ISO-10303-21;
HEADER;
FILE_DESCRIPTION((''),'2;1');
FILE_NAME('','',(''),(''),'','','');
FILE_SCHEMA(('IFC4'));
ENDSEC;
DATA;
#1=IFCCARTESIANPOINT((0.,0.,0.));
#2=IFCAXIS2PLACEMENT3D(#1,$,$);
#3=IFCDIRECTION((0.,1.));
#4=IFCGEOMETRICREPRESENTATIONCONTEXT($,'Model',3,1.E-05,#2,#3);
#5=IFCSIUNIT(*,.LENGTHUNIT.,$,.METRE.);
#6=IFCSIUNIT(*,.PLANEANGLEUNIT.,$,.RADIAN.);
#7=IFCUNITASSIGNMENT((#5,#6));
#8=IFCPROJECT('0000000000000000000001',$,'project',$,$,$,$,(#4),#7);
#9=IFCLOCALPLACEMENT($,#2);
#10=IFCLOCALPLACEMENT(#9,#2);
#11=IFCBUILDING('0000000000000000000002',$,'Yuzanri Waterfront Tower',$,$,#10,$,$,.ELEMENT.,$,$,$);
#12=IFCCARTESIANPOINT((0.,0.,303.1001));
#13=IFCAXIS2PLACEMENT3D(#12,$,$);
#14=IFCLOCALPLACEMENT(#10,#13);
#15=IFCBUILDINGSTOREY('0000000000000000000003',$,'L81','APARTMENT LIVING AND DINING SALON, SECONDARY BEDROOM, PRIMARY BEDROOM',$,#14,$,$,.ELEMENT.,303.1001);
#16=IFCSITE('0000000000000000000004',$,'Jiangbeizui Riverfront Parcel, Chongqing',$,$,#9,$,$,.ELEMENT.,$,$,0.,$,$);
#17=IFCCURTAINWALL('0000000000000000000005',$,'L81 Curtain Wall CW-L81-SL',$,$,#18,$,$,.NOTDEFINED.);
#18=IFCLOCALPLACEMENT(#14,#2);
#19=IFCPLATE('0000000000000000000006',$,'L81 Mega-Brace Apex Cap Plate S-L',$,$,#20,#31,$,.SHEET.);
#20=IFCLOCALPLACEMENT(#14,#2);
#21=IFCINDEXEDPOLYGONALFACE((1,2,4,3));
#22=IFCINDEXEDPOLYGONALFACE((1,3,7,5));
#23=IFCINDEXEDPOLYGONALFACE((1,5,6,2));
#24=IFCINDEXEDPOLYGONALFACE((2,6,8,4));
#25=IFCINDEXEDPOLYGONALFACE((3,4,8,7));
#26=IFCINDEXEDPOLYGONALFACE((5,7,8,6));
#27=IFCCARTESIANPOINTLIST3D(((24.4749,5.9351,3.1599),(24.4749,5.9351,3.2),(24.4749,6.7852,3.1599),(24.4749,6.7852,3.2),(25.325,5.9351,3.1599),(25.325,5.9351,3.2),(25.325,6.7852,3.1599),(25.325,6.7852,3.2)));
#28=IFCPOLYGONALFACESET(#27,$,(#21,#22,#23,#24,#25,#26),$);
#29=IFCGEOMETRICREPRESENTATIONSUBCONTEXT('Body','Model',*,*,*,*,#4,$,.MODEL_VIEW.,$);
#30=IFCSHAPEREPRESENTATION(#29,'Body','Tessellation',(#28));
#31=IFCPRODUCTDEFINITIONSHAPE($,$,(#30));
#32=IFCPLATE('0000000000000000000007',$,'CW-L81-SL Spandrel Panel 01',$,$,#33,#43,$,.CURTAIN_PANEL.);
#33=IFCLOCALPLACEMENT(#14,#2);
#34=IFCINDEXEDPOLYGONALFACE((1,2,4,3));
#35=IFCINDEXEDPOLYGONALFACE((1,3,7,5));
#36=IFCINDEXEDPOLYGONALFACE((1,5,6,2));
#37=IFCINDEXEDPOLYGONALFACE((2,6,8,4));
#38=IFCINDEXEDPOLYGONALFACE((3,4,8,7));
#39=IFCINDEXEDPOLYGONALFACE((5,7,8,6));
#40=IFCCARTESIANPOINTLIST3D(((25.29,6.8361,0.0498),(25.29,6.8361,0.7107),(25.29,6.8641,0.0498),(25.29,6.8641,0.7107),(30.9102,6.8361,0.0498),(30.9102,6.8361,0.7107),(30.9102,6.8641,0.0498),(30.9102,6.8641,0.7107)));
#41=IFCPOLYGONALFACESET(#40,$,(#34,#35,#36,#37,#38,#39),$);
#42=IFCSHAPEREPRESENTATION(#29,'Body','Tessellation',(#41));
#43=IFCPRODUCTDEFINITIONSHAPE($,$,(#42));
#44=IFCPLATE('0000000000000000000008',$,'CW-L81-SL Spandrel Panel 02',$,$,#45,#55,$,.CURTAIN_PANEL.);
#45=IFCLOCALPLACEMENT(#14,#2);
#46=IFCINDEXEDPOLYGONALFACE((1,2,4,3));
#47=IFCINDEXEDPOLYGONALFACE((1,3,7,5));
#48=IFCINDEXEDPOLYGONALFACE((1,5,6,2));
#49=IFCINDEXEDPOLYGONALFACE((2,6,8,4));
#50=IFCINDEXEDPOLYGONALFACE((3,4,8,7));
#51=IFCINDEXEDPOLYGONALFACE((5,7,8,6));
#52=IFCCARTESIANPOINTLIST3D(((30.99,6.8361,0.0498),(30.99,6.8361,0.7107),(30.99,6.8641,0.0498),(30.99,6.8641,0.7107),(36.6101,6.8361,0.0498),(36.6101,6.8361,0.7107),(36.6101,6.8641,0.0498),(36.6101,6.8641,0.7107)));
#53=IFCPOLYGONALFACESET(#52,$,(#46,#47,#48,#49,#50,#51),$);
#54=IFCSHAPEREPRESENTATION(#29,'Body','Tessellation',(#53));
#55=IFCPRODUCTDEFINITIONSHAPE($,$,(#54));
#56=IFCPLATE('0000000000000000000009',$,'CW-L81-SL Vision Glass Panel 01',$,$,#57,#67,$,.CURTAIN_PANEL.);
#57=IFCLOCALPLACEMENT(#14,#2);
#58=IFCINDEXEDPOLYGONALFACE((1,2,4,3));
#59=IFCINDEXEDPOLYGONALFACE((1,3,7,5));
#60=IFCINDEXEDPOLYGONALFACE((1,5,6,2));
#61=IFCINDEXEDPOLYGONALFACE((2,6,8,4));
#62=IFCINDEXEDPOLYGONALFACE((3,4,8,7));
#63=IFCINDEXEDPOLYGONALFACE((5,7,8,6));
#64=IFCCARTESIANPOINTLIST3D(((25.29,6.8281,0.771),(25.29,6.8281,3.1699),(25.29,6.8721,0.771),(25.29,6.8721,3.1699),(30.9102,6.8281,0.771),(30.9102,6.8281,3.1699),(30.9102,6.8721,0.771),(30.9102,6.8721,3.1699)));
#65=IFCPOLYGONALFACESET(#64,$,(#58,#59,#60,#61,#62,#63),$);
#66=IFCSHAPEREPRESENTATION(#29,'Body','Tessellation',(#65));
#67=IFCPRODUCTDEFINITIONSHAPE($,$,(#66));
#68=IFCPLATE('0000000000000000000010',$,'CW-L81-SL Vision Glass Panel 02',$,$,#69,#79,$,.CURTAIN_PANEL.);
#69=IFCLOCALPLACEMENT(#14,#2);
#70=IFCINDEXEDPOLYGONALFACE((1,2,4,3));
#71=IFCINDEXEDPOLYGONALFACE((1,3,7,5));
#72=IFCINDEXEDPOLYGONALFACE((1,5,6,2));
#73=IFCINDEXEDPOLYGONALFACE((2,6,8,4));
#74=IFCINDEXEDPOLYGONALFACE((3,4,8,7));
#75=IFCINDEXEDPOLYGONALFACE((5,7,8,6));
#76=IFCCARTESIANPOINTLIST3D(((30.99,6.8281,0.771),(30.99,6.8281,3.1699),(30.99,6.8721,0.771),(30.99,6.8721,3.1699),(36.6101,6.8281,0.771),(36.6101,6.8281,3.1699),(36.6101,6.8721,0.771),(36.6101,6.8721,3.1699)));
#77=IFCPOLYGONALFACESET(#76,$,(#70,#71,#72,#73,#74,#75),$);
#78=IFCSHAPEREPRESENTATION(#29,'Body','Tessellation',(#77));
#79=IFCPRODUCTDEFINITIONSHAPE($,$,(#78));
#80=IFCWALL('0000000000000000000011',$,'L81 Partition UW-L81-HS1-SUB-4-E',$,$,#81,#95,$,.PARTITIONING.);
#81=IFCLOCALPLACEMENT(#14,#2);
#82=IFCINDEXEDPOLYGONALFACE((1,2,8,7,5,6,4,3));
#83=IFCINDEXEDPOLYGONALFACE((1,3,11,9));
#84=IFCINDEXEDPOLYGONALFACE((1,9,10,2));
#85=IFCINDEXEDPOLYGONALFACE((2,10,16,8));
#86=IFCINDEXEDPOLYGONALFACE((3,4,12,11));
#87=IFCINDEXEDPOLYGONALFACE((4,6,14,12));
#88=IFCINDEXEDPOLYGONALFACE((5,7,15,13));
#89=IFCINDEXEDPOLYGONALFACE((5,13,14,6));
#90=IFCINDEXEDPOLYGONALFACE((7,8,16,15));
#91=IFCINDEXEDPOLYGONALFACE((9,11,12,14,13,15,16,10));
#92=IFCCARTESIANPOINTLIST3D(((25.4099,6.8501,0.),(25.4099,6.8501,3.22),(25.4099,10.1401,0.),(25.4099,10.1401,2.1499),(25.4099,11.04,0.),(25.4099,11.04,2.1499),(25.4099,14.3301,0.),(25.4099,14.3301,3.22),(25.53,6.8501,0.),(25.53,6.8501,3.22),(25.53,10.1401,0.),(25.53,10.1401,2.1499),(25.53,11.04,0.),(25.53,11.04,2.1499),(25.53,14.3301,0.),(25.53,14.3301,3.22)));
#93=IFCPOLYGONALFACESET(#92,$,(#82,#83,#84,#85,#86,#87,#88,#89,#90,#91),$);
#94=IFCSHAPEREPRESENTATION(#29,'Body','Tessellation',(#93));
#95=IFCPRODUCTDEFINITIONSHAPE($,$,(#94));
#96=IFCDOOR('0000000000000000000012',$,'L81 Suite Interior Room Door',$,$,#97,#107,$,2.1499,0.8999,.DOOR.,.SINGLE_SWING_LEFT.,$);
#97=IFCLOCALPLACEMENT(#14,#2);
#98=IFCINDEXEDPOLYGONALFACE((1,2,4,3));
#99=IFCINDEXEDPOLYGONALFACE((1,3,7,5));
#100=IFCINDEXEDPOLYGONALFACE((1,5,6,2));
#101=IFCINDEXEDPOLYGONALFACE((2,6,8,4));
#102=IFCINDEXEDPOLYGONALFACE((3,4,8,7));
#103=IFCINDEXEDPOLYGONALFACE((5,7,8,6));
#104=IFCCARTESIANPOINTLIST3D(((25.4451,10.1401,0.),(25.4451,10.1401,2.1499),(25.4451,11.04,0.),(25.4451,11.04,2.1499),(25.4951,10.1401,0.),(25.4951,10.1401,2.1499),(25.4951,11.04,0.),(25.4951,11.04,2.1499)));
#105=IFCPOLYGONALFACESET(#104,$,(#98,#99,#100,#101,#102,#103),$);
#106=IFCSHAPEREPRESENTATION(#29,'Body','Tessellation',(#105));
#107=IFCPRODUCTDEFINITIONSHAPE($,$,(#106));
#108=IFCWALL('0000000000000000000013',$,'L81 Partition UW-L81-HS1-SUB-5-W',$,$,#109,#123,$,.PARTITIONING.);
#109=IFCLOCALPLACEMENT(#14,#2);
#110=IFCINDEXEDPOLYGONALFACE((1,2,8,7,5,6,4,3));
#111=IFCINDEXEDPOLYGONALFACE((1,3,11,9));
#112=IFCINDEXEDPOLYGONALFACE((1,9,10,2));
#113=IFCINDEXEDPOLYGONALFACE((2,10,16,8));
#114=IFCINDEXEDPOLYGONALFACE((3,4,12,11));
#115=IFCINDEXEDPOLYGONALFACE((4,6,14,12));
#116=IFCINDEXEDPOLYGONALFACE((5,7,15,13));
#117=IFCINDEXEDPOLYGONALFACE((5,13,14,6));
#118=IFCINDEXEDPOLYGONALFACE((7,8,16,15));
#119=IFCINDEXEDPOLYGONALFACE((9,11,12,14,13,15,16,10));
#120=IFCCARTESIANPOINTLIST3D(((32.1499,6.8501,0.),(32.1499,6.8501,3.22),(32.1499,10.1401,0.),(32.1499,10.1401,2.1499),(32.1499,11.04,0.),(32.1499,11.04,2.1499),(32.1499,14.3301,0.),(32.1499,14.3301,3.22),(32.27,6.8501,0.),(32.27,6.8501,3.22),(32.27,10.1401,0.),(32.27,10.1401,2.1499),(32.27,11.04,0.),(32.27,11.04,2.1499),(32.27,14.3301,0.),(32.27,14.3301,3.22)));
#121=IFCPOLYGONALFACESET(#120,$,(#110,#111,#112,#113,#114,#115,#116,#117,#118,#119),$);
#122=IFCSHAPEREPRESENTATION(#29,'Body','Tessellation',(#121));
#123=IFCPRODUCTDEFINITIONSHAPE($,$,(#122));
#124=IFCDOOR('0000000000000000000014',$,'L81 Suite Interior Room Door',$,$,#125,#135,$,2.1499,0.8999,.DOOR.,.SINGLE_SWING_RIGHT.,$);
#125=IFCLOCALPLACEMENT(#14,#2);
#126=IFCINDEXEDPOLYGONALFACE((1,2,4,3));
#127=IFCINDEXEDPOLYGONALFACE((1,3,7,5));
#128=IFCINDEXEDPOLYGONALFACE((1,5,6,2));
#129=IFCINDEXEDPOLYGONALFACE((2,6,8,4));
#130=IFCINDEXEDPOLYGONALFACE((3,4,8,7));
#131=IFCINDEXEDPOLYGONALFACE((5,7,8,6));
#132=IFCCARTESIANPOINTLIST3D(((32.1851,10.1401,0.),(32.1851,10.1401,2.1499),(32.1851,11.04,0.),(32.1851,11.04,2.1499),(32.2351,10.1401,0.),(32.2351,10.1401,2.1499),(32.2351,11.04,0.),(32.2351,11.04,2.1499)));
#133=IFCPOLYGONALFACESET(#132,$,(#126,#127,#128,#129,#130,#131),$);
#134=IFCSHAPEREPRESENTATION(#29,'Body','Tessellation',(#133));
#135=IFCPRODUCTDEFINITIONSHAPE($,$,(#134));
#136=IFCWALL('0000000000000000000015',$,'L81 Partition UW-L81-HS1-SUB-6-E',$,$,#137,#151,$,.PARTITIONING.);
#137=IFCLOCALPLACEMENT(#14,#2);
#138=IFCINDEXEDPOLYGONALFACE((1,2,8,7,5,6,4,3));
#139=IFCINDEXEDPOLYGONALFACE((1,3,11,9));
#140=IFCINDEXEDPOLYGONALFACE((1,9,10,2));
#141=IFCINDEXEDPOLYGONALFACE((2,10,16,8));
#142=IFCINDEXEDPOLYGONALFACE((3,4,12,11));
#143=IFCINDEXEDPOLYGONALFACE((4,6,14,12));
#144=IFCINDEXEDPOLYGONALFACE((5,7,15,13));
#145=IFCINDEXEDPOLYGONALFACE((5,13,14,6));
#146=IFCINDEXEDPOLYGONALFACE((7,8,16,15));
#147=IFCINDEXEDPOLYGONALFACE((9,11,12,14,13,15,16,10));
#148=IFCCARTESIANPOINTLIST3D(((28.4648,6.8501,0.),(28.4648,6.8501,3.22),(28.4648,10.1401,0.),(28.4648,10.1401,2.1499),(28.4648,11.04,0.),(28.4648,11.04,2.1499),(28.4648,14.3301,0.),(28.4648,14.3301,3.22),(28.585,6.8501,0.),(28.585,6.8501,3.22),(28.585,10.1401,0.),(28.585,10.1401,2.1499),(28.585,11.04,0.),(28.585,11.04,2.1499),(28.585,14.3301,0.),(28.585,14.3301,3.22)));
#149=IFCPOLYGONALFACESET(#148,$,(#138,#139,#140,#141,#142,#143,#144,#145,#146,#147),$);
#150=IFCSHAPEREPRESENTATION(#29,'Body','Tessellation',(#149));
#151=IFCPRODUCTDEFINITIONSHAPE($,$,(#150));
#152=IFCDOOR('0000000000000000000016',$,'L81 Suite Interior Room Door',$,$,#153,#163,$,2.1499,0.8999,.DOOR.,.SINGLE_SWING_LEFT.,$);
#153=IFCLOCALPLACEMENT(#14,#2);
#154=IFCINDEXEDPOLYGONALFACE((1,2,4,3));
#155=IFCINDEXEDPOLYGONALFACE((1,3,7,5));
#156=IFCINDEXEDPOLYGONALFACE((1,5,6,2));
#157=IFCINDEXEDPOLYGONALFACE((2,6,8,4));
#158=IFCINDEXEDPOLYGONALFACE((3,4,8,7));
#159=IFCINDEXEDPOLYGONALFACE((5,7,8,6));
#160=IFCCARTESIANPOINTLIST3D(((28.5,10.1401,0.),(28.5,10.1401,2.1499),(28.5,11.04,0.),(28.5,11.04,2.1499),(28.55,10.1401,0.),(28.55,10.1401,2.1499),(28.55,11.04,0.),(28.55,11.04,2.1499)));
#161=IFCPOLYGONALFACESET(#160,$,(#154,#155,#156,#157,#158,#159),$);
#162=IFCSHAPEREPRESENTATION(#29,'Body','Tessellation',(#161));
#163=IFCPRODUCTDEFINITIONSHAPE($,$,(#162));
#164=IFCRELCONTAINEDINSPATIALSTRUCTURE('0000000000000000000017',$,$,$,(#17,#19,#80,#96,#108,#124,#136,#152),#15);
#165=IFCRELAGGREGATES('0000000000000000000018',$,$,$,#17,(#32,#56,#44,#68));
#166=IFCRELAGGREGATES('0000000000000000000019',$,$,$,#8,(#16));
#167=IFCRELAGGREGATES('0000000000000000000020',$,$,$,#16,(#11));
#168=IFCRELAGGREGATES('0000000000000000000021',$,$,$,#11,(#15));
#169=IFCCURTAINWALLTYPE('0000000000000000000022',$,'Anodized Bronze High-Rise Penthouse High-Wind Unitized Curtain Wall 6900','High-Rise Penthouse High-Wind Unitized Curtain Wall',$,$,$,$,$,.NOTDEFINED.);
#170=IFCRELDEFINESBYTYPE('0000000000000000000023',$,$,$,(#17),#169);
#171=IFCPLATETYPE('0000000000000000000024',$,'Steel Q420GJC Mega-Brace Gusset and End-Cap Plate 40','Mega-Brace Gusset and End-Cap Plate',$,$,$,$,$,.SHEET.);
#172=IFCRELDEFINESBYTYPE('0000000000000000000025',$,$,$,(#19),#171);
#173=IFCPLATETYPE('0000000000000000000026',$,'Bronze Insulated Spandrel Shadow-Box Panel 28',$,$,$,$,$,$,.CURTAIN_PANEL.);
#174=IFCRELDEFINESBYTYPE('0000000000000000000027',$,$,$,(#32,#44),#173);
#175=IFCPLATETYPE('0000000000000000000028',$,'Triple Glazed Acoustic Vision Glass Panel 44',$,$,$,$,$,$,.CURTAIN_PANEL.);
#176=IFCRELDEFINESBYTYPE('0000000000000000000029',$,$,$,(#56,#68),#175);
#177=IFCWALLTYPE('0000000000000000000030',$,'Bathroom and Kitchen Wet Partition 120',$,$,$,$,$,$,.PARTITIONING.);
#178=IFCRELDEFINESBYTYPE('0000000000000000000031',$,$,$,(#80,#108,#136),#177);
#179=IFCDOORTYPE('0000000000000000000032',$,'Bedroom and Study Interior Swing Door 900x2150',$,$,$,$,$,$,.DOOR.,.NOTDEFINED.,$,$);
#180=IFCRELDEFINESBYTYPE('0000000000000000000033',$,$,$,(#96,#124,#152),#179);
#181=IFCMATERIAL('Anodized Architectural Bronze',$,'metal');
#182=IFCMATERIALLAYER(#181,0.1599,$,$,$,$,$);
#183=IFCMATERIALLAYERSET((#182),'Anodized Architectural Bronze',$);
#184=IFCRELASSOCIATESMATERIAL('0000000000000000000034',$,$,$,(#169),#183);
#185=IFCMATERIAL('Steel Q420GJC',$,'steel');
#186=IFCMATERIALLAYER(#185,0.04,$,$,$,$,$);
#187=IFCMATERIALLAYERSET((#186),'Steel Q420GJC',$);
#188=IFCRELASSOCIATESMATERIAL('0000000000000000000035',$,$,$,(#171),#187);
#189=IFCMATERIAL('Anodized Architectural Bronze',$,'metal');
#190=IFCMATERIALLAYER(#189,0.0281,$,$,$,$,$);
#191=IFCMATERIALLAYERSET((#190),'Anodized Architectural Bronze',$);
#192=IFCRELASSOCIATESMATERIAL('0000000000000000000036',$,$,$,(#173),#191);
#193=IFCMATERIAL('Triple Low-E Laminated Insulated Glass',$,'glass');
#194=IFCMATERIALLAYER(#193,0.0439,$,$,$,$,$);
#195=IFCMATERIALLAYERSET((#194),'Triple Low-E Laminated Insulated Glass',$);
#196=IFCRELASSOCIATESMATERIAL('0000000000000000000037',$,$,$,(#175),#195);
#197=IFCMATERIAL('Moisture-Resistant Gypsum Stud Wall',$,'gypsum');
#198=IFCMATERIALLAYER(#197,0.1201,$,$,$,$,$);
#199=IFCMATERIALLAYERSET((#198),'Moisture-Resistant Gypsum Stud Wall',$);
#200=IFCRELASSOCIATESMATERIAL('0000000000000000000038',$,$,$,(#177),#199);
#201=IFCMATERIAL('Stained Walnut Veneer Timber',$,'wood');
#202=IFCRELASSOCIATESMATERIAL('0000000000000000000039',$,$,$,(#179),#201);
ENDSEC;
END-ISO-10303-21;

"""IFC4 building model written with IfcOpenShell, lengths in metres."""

from ifc_helpers import new_model, si_unit, direction, frame, frame_2d, origin, origin_2d, place, context, subcontext, project, spatial, rectangle, extrude, source, transform, mapped, material, layer, layer_set, type_object, element, fill, aggregate, save


model = new_model("IFC4")

# Units and contexts
model_context = context("Model", 3, precision=1e-05, world=origin(), true_north=direction((0.0, 1.0)))
body_context = subcontext(model_context, "Body", "Model", "MODEL_VIEW")
ifc_project = project(units=[si_unit("LENGTHUNIT", "METRE"), si_unit("PLANEANGLEUNIT", "RADIAN")], contexts=[model_context])

# Site, building, storey
site_placement = place(None, origin())
site = spatial("IfcSite", under=ifc_project, at=site_placement, Name="Jiangbeizui Riverfront Parcel, Chongqing", CompositionType="ELEMENT", RefElevation=0.0)
building_placement = place(site_placement, origin())
building = spatial("IfcBuilding", under=site, at=building_placement, Name="Yuzanri Waterfront Tower", CompositionType="ELEMENT")
storey_placement = place(building_placement, frame((0.0, 0.0, 303.1001)))
storey = spatial("IfcBuildingStorey", under=building, at=storey_placement, Name="L81", Description="APARTMENT LIVING AND DINING SALON, SECONDARY BEDROOM, PRIMARY BEDROOM", CompositionType="ELEMENT", Elevation=303.1001)

# Curtain wall
ifc_material_1 = material(Name="Anodized Architectural Bronze", Category="metal")
ifc_layer_1 = layer(ifc_material_1, 0.1599)
ifc_layer_set_1 = layer_set([ifc_layer_1], Name="Anodized Architectural Bronze")
curtain_wall_type = type_object("IfcCurtainWallType", Name="Anodized Bronze High-Rise Penthouse High-Wind Unitized Curtain Wall 6900", Description="High-Rise Penthouse High-Wind Unitized Curtain Wall", PredefinedType="NOTDEFINED", material=ifc_layer_set_1)
curtain_wall_placement = place(storey_placement, origin())
curtain_wall = element("IfcCurtainWall", 1, at=curtain_wall_placement, inside=storey, type_object=curtain_wall_type, Name="L81 Curtain Wall CW-L81-SL", PredefinedType="NOTDEFINED")

# Plates
ifc_material_2 = material(Name="Steel Q420GJC", Category="steel")
ifc_layer_2 = layer(ifc_material_2, 0.04)
ifc_layer_set_2 = layer_set([ifc_layer_2], Name="Steel Q420GJC")
plate_type_1 = type_object("IfcPlateType", Name="Steel Q420GJC Mega-Brace Gusset and End-Cap Plate 40", Description="Mega-Brace Gusset and End-Cap Plate", PredefinedType="SHEET", material=ifc_layer_set_2)
shared_shape_1 = source(origin(), body_context, "Body", "SweptSolid", [
    extrude(rectangle(XDim=0.8501, YDim=0.8501, at=origin_2d()), origin(), (0.0, 0.0, 1.0), 0.04),
])
plate_1_placement = place(storey_placement, frame((24.8999, 6.3601, 3.1599), z_axis=(0.0, 0.0, 1.0), x_axis=(1.0, 0.0, 0.0)))
element("IfcPlate", 2, at=plate_1_placement, inside=storey, type_object=plate_type_1, Name="L81 Mega-Brace Apex Cap Plate S-L", PredefinedType="SHEET", context=body_context, shape_type="MappedRepresentation", body=[
    mapped(shared_shape_1, transform((0.0, 0.0, 0.0), scale=1.0)),
])
ifc_material_3 = material(Name="Anodized Architectural Bronze", Category="metal")
ifc_layer_3 = layer(ifc_material_3, 0.0281)
ifc_layer_set_3 = layer_set([ifc_layer_3], Name="Anodized Architectural Bronze")
plate_type_2 = type_object("IfcPlateType", Name="Bronze Insulated Spandrel Shadow-Box Panel 28", PredefinedType="CURTAIN_PANEL", material=ifc_layer_set_3)
shared_shape_2 = source(origin(), body_context, "Body", "SweptSolid", [
    extrude(rectangle(XDim=5.6201, YDim=0.0281, at=origin_2d()), origin(), (0.0, 0.0, 1.0), 0.6609),
])
plate_2_placement = place(storey_placement, frame((28.1001, 6.8501, 0.0498), z_axis=(0.0, 0.0, 1.0), x_axis=(1.0, 0.0, 0.0)))
plate_2 = element("IfcPlate", 3, at=plate_2_placement, type_object=plate_type_2, Name="CW-L81-SL Spandrel Panel 01", PredefinedType="CURTAIN_PANEL", context=body_context, shape_type="MappedRepresentation", body=[
    mapped(shared_shape_2, transform((0.0, 0.0, 0.0), scale=1.0)),
])
plate_3_placement = place(storey_placement, frame((33.8, 6.8501, 0.0498), z_axis=(0.0, 0.0, 1.0), x_axis=(1.0, 0.0, 0.0)))
plate_3 = element("IfcPlate", 4, at=plate_3_placement, type_object=plate_type_2, Name="CW-L81-SL Spandrel Panel 02", PredefinedType="CURTAIN_PANEL", context=body_context, shape_type="MappedRepresentation", body=[
    mapped(shared_shape_2, transform((0.0, 0.0, 0.0), scale=1.0)),
])
ifc_material_4 = material(Name="Triple Low-E Laminated Insulated Glass", Category="glass")
ifc_layer_4 = layer(ifc_material_4, 0.0439)
ifc_layer_set_4 = layer_set([ifc_layer_4], Name="Triple Low-E Laminated Insulated Glass")
plate_type_3 = type_object("IfcPlateType", Name="Triple Glazed Acoustic Vision Glass Panel 44", PredefinedType="CURTAIN_PANEL", material=ifc_layer_set_4)
shared_shape_3 = source(origin(), body_context, "Body", "SweptSolid", [
    extrude(rectangle(XDim=5.6201, YDim=0.0439, at=origin_2d()), origin(), (0.0, 0.0, 1.0), 2.3989),
])
plate_4_placement = place(storey_placement, frame((28.1001, 6.8501, 0.771), z_axis=(0.0, 0.0, 1.0), x_axis=(1.0, 0.0, 0.0)))
plate_4 = element("IfcPlate", 5, at=plate_4_placement, type_object=plate_type_3, Name="CW-L81-SL Vision Glass Panel 01", PredefinedType="CURTAIN_PANEL", context=body_context, shape_type="MappedRepresentation", body=[
    mapped(shared_shape_3, transform((0.0, 0.0, 0.0), scale=1.0)),
])
plate_5_placement = place(storey_placement, frame((33.8, 6.8501, 0.771), z_axis=(0.0, 0.0, 1.0), x_axis=(1.0, 0.0, 0.0)))
plate_5 = element("IfcPlate", 6, at=plate_5_placement, type_object=plate_type_3, Name="CW-L81-SL Vision Glass Panel 02", PredefinedType="CURTAIN_PANEL", context=body_context, shape_type="MappedRepresentation", body=[
    mapped(shared_shape_3, transform((0.0, 0.0, 0.0), scale=1.0)),
])
aggregate(curtain_wall, [plate_2, plate_4, plate_3, plate_5])

# Walls, openings, doors
ifc_material_5 = material(Name="Moisture-Resistant Gypsum Stud Wall", Category="gypsum")
ifc_layer_5 = layer(ifc_material_5, 0.1201)
ifc_layer_set_5 = layer_set([ifc_layer_5], Name="Moisture-Resistant Gypsum Stud Wall")
wall_type_1 = type_object("IfcWallType", Name="Bathroom and Kitchen Wet Partition 120", PredefinedType="PARTITIONING", material=ifc_layer_set_5)
wall_1_placement = place(storey_placement, frame((25.47, 6.8501, 0.0), z_axis=(0.0, 0.0, 1.0), x_axis=(0.0, 1.0, 0.0)))
wall_1 = element("IfcWall", 7, at=wall_1_placement, inside=storey, type_object=wall_type_1, Name="L81 Partition UW-L81-HS1-SUB-4-E", PredefinedType="PARTITIONING", context=body_context, shape_type="SweptSolid", body=[
    extrude(rectangle(XDim=7.48, YDim=0.1201, at=frame_2d((3.74, 0.0))), origin(), (0.0, 0.0, 1.0), 3.22),
])
opening_1_placement = place(wall_1_placement, frame((3.29, 0.0, 0.0)))
opening_1 = element("IfcOpeningElement", 8, at=opening_1_placement, cuts=wall_1, PredefinedType="OPENING", context=body_context, shape_type="SweptSolid", body=[
    extrude(rectangle(XDim=0.8999, YDim=2.1499, at=frame_2d((0.45, 1.075))), frame((0.0, 0.075, 0.0), z_axis=(0.0, -1.0, 0.0), x_axis=(1.0, 0.0, 0.0)), (0.0, 0.0, 1.0), 0.1499),
])
ifc_material_6 = material(Name="Stained Walnut Veneer Timber", Category="wood")
door_type = type_object("IfcDoorType", Name="Bedroom and Study Interior Swing Door 900x2150", OperationType="NOTDEFINED", PredefinedType="DOOR", material=ifc_material_6)
shared_shape_4 = source(origin(), body_context, "Body", "SweptSolid", [
    extrude(rectangle(XDim=0.8999, YDim=2.1499, at=frame_2d((0.45, 1.075))), frame((0.0, 0.0249, 0.0), z_axis=(0.0, -1.0, 0.0), x_axis=(1.0, 0.0, 0.0)), (0.0, 0.0, 1.0), 0.05),
])
door_1_placement = place(opening_1_placement, origin())
door_1 = element("IfcDoor", 9, at=door_1_placement, inside=storey, type_object=door_type, Name="L81 Suite Interior Room Door", OperationType="SINGLE_SWING_LEFT", OverallHeight=2.1499, OverallWidth=0.8999, PredefinedType="DOOR", context=body_context, shape_type="MappedRepresentation", body=[
    mapped(shared_shape_4, transform((0.0, 0.0, 0.0), scale=1.0)),
])
fill(opening_1, door_1)
wall_2_placement = place(storey_placement, frame((32.21, 6.8501, 0.0), z_axis=(0.0, 0.0, 1.0), x_axis=(0.0, 1.0, 0.0)))
wall_2 = element("IfcWall", 10, at=wall_2_placement, inside=storey, type_object=wall_type_1, Name="L81 Partition UW-L81-HS1-SUB-5-W", PredefinedType="PARTITIONING", context=body_context, shape_type="SweptSolid", body=[
    extrude(rectangle(XDim=7.48, YDim=0.1201, at=frame_2d((3.74, 0.0))), origin(), (0.0, 0.0, 1.0), 3.22),
])
opening_2_placement = place(wall_2_placement, frame((3.29, 0.0, 0.0)))
opening_2 = element("IfcOpeningElement", 11, at=opening_2_placement, cuts=wall_2, PredefinedType="OPENING", context=body_context, shape_type="SweptSolid", body=[
    extrude(rectangle(XDim=0.8999, YDim=2.1499, at=frame_2d((0.45, 1.075))), frame((0.0, 0.075, 0.0), z_axis=(0.0, -1.0, 0.0), x_axis=(1.0, 0.0, 0.0)), (0.0, 0.0, 1.0), 0.1499),
])
door_2_placement = place(opening_2_placement, origin())
door_2 = element("IfcDoor", 12, at=door_2_placement, inside=storey, type_object=door_type, Name="L81 Suite Interior Room Door", OperationType="SINGLE_SWING_RIGHT", OverallHeight=2.1499, OverallWidth=0.8999, PredefinedType="DOOR", context=body_context, shape_type="MappedRepresentation", body=[
    mapped(shared_shape_4, transform((0.0, 0.0, 0.0), scale=1.0)),
])
fill(opening_2, door_2)
wall_3_placement = place(storey_placement, frame((28.5249, 6.8501, 0.0), z_axis=(0.0, 0.0, 1.0), x_axis=(0.0, 1.0, 0.0)))
wall_3 = element("IfcWall", 13, at=wall_3_placement, inside=storey, type_object=wall_type_1, Name="L81 Partition UW-L81-HS1-SUB-6-E", PredefinedType="PARTITIONING", context=body_context, shape_type="SweptSolid", body=[
    extrude(rectangle(XDim=7.48, YDim=0.1201, at=frame_2d((3.74, 0.0))), origin(), (0.0, 0.0, 1.0), 3.22),
])
opening_3_placement = place(wall_3_placement, frame((3.29, 0.0, 0.0)))
opening_3 = element("IfcOpeningElement", 14, at=opening_3_placement, cuts=wall_3, PredefinedType="OPENING", context=body_context, shape_type="SweptSolid", body=[
    extrude(rectangle(XDim=0.8999, YDim=2.1499, at=frame_2d((0.45, 1.075))), frame((0.0, 0.075, 0.0), z_axis=(0.0, -1.0, 0.0), x_axis=(1.0, 0.0, 0.0)), (0.0, 0.0, 1.0), 0.1499),
])
door_3_placement = place(opening_3_placement, origin())
door_3 = element("IfcDoor", 15, at=door_3_placement, inside=storey, type_object=door_type, Name="L81 Suite Interior Room Door", OperationType="SINGLE_SWING_LEFT", OverallHeight=2.1499, OverallWidth=0.8999, PredefinedType="DOOR", context=body_context, shape_type="MappedRepresentation", body=[
    mapped(shared_shape_4, transform((0.0, 0.0, 0.0), scale=1.0)),
])
fill(opening_3, door_3)

save(model, "model.ifc")
